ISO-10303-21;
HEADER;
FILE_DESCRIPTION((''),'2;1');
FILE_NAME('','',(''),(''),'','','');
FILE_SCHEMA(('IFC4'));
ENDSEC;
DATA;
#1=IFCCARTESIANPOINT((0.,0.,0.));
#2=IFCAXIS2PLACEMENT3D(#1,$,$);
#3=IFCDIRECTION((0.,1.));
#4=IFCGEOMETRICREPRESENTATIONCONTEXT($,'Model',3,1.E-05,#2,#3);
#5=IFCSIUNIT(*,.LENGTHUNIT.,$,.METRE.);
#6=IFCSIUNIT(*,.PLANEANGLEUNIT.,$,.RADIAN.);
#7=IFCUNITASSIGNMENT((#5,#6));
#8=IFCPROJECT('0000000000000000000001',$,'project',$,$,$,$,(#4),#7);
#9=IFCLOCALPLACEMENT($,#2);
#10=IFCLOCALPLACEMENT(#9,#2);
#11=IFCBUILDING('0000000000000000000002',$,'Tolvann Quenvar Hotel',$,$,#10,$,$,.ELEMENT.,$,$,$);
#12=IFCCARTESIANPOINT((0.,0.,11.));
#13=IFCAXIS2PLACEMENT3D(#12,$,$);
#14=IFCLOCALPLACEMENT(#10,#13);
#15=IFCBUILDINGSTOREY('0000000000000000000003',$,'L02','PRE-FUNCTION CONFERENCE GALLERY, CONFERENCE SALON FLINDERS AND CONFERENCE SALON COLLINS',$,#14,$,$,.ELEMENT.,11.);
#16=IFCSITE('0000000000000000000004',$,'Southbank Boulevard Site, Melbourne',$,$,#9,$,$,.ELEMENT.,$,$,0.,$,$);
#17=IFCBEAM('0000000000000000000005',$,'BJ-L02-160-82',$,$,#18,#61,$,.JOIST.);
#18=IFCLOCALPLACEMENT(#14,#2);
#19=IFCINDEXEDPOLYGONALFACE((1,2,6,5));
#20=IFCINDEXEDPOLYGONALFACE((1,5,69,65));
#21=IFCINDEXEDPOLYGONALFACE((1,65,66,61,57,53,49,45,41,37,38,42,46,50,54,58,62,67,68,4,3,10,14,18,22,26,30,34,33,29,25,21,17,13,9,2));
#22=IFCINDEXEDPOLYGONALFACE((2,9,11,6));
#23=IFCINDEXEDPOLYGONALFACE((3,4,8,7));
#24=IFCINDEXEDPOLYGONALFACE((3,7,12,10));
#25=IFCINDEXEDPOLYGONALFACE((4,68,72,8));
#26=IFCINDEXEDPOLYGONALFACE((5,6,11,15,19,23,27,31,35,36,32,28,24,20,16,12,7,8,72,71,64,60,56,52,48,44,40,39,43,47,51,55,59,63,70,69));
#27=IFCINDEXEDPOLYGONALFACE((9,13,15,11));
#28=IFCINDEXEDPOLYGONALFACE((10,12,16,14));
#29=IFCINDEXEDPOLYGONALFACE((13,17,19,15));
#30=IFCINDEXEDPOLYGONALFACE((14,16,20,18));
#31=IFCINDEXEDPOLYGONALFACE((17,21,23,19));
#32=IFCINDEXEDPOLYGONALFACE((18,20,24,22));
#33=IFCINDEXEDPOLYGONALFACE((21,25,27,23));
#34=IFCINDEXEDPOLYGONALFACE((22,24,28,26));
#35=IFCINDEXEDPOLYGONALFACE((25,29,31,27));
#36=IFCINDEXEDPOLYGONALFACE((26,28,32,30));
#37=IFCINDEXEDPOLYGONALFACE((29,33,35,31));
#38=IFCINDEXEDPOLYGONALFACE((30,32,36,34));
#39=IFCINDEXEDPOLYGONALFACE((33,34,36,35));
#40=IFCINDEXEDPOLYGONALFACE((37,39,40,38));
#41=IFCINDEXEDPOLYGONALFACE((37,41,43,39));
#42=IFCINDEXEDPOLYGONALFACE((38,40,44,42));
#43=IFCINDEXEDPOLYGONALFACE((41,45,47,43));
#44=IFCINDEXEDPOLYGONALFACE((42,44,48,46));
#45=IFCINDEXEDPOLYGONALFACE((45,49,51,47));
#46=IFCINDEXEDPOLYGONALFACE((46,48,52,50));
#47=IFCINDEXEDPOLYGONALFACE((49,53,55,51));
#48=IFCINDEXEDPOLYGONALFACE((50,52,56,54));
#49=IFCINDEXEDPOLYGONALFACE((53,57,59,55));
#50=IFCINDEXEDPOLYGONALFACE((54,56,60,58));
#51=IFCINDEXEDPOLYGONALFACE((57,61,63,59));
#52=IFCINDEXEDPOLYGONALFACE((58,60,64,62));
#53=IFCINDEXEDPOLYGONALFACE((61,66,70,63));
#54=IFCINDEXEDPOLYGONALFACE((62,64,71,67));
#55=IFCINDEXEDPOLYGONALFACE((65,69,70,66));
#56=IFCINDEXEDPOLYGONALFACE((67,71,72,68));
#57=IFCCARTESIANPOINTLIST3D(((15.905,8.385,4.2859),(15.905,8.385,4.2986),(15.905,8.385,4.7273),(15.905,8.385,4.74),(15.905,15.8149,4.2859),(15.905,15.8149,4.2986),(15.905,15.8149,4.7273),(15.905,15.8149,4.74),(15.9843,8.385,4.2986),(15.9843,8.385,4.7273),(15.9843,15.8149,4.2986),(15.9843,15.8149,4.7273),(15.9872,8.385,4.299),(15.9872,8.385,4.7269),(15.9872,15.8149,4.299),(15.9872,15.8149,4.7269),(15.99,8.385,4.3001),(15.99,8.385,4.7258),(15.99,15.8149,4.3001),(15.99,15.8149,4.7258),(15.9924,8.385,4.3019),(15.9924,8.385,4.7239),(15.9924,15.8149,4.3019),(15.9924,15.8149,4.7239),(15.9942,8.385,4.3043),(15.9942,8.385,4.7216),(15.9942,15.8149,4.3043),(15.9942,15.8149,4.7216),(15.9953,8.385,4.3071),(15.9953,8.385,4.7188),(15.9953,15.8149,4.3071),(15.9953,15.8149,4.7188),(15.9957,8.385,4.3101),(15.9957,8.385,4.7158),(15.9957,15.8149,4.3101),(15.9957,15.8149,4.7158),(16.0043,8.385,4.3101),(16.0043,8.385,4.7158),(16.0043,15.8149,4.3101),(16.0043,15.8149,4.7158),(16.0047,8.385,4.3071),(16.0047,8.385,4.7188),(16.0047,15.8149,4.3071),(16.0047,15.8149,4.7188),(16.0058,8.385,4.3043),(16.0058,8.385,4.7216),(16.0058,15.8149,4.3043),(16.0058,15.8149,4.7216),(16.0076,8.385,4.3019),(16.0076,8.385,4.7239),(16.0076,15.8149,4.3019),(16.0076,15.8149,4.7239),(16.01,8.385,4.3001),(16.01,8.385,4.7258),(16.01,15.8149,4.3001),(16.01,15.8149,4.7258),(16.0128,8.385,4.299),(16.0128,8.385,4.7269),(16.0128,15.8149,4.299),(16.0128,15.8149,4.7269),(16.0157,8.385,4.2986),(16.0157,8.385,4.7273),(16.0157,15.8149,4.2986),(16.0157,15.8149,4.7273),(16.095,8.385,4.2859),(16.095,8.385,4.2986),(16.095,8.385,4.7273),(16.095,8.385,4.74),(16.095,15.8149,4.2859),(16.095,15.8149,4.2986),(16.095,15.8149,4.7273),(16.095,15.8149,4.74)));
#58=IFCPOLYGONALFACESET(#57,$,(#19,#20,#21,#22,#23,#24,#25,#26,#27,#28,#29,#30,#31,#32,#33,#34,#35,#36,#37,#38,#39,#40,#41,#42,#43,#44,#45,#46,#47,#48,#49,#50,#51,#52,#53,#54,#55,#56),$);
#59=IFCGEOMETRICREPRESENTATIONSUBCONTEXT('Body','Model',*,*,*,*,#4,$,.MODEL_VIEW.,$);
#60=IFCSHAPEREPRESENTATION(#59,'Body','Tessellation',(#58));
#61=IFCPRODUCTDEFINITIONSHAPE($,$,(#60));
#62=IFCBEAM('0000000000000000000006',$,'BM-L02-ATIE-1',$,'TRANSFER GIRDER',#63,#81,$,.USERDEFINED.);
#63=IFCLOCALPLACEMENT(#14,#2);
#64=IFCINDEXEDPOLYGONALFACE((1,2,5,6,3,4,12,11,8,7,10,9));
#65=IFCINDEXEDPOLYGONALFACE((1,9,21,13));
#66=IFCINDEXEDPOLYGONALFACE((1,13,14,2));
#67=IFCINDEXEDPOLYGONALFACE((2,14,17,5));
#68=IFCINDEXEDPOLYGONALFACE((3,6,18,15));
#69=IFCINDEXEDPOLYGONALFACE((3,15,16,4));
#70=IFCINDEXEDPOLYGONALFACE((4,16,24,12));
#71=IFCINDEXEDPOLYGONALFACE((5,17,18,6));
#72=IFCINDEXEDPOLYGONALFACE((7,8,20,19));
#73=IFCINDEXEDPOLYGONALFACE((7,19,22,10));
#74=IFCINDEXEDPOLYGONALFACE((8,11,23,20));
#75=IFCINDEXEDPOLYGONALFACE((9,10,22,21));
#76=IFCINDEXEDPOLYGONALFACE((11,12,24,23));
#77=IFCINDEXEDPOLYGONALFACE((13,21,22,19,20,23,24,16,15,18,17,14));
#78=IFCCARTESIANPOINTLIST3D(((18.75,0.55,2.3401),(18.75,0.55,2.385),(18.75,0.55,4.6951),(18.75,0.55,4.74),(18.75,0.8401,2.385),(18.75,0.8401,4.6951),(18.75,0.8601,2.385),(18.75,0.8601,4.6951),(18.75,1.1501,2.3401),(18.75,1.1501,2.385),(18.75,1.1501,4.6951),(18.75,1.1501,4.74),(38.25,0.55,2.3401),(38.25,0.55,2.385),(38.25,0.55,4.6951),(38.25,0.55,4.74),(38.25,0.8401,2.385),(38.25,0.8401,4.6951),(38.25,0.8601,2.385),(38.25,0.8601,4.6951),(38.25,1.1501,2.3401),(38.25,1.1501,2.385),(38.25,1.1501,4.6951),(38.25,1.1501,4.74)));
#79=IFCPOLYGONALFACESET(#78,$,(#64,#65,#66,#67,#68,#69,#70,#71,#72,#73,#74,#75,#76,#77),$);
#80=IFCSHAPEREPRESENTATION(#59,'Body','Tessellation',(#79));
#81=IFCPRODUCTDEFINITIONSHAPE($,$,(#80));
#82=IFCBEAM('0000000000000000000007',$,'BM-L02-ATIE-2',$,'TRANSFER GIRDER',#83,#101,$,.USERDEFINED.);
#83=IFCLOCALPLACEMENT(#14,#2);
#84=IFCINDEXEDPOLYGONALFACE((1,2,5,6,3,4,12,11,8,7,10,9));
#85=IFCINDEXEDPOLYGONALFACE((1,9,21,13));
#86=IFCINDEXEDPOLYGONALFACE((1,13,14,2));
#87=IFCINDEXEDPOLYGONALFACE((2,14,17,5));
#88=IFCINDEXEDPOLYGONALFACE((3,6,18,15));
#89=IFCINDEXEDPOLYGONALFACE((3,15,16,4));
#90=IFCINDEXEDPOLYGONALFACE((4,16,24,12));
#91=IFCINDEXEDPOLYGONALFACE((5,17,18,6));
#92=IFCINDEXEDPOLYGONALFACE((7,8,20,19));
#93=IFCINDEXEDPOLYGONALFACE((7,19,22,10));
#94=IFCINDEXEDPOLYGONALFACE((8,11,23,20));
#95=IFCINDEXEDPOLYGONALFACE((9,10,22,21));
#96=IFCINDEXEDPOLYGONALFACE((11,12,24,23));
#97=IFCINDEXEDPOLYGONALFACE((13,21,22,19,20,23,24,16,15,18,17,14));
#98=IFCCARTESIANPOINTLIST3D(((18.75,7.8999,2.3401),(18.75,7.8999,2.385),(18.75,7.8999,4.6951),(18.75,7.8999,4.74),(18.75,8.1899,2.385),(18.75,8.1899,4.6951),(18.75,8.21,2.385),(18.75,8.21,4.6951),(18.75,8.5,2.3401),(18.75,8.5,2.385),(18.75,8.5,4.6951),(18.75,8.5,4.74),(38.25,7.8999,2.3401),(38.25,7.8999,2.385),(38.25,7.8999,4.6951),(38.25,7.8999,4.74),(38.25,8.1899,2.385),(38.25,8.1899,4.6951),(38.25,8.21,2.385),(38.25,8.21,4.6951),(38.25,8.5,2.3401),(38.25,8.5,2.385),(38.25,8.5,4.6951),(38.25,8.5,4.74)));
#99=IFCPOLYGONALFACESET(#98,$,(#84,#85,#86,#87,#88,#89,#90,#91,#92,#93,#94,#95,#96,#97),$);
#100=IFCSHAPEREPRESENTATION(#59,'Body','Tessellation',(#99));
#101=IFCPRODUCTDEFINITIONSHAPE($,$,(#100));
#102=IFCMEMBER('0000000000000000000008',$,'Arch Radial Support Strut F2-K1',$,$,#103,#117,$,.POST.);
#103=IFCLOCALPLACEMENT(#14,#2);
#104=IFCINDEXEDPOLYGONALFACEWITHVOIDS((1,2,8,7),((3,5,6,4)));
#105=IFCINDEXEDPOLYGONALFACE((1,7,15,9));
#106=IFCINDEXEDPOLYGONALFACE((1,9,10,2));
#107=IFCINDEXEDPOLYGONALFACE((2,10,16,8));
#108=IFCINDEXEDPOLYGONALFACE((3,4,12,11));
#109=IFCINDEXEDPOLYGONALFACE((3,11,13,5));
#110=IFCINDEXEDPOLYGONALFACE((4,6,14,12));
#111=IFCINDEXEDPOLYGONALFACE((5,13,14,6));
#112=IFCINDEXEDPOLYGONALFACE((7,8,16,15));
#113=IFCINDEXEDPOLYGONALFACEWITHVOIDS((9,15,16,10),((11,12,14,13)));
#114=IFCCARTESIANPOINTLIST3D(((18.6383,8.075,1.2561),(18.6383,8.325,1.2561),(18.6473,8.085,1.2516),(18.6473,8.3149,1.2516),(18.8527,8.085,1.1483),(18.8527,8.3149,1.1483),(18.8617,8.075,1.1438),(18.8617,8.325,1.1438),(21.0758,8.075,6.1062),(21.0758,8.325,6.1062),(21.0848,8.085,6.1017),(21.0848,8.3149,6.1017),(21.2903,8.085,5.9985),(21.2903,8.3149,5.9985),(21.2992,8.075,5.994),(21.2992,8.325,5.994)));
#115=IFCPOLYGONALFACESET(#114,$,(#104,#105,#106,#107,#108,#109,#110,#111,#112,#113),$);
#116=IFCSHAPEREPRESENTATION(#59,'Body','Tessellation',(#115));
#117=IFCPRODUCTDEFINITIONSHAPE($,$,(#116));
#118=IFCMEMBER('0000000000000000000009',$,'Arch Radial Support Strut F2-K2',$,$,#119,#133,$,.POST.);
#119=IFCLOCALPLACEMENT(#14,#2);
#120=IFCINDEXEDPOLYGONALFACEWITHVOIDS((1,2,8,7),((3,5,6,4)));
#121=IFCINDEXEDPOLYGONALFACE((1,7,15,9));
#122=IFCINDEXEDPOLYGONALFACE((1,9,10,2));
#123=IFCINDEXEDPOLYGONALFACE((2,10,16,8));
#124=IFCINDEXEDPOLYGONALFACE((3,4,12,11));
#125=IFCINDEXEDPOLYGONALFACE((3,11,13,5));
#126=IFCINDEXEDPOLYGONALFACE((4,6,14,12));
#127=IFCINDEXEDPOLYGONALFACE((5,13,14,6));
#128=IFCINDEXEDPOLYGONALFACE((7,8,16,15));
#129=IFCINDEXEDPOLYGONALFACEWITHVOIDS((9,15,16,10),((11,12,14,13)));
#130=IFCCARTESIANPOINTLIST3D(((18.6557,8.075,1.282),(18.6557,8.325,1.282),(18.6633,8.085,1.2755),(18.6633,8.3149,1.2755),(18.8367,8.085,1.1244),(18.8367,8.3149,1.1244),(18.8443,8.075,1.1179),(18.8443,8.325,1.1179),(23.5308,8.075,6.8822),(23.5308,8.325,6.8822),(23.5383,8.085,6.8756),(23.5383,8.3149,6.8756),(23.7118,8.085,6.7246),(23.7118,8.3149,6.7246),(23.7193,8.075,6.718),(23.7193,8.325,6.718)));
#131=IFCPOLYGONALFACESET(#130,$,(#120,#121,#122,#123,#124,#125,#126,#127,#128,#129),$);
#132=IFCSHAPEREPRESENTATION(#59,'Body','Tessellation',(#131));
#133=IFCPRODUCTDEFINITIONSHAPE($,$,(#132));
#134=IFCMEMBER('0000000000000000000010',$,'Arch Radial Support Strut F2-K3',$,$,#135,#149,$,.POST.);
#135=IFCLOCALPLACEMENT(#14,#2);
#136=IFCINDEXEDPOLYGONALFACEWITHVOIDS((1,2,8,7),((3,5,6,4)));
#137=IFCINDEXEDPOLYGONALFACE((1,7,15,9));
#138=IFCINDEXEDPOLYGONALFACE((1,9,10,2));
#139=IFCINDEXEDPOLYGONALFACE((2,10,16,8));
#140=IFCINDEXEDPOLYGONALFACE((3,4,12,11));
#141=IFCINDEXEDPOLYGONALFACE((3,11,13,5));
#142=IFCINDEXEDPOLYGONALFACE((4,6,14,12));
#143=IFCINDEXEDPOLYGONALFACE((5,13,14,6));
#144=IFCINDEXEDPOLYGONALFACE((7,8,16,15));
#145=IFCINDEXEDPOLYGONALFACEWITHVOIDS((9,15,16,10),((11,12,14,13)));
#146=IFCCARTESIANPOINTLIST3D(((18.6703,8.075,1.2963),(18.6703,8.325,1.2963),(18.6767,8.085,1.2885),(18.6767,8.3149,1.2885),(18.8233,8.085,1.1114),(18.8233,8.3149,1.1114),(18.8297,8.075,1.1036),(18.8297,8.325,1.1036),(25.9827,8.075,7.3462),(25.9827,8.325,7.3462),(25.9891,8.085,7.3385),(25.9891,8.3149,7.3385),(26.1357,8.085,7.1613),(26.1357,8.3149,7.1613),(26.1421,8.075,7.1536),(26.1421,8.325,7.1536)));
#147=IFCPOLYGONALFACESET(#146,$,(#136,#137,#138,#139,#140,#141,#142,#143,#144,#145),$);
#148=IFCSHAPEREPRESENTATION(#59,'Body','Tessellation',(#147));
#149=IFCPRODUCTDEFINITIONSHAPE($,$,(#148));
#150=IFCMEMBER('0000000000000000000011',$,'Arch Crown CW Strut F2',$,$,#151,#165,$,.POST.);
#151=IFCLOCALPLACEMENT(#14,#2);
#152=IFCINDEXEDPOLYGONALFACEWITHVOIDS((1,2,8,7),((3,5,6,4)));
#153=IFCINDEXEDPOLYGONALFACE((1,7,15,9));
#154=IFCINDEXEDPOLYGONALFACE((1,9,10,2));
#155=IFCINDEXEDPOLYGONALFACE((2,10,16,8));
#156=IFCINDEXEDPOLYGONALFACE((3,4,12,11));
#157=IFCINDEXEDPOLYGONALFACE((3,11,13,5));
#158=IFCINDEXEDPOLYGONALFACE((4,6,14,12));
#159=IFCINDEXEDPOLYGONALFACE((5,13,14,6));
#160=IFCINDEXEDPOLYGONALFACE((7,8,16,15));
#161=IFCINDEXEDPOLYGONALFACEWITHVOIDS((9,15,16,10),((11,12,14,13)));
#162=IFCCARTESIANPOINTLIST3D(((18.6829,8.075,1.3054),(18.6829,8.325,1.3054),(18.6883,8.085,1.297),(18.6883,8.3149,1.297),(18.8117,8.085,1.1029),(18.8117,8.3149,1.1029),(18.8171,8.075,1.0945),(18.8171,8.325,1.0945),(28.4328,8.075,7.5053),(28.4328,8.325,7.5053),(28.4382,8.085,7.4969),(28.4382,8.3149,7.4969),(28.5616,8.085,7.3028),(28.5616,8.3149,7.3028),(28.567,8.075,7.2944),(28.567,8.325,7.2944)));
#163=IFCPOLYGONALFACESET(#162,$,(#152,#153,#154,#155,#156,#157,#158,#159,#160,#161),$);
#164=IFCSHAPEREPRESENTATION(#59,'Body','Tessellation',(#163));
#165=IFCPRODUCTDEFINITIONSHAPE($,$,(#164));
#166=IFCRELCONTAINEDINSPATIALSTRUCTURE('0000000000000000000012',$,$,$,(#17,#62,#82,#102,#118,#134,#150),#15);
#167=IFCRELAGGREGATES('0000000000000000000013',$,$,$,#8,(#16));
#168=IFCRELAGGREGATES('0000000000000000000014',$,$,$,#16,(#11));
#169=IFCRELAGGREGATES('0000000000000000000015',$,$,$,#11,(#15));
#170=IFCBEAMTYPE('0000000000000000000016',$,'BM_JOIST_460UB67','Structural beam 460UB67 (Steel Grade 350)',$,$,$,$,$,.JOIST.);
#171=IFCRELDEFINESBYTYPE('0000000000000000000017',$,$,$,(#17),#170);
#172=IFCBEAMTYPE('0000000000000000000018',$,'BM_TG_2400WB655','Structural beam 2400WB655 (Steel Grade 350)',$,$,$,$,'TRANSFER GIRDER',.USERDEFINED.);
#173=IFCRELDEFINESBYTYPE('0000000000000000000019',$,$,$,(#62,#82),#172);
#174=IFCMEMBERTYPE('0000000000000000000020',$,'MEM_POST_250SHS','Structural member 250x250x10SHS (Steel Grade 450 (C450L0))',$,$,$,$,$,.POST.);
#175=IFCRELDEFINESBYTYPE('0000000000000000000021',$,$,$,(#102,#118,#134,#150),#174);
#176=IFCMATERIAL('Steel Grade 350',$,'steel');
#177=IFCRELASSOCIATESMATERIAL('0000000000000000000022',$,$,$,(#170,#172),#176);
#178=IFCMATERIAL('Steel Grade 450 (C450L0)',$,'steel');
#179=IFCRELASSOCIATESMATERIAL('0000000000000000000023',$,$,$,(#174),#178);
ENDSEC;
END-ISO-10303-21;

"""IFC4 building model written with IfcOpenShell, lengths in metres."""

from ifc_helpers import new_model, si_unit, direction, frame, origin, origin_2d, place, context, subcontext, project, spatial, hollow_rectangle, i_section, extrude, source, transform, mapped, material, material_profile, profile_set, type_object, type_shapes, element, save


model = new_model("IFC4")

# Units and contexts
model_context = context("Model", 3, precision=1e-05, world=origin(), true_north=direction((0.0, 1.0)))
body_context = subcontext(model_context, "Body", "Model", "MODEL_VIEW")
ifc_project = project(units=[si_unit("LENGTHUNIT", "METRE"), si_unit("PLANEANGLEUNIT", "RADIAN")], contexts=[model_context])

# Site, building, storey
site_placement = place(None, origin())
site = spatial("IfcSite", under=ifc_project, at=site_placement, Name="Southbank Boulevard Site, Melbourne", CompositionType="ELEMENT", RefElevation=0.0)
building_placement = place(site_placement, origin())
building = spatial("IfcBuilding", under=site, at=building_placement, Name="Tolvann Quenvar Hotel", CompositionType="ELEMENT")
storey_placement = place(building_placement, frame((0.0, 0.0, 11.0)))
storey = spatial("IfcBuildingStorey", under=building, at=storey_placement, Name="L02", Description="PRE-FUNCTION CONFERENCE GALLERY, CONFERENCE SALON FLINDERS AND CONFERENCE SALON COLLINS", CompositionType="ELEMENT", Elevation=11.0)

# Beams
ifc_material_1 = material(Name="Steel Grade 350", Category="steel")
ifc_material_profile_1 = material_profile(ifc_material_1, i_section(OverallWidth=0.1899, OverallDepth=0.4541, WebThickness=0.0085, FlangeThickness=0.0127, FilletRadius=0.0115, at=origin_2d()), Name="460UB67")
ifc_profile_set_1 = profile_set([ifc_material_profile_1], Name="Steel Grade 350")
beam_type_1 = type_object("IfcBeamType", Name="BM_JOIST_460UB67", Description="Structural beam 460UB67 (Steel Grade 350)", PredefinedType="JOIST", material=ifc_profile_set_1)
shared_shape_1 = source(origin(), body_context, "Body", "SweptSolid", [
    extrude(i_section(OverallWidth=0.1899, OverallDepth=0.4541, WebThickness=0.0085, FlangeThickness=0.0127, FilletRadius=0.0115, at=origin_2d()), origin(), (0.0, 0.0, 1.0), 7.4299),
])
for number, where, z_axis, x_axis, name in (
    (1, (16.0, 8.385, 4.5129), (0.0, 1.0, 0.0), (-1.0, 0.0, 0.0), "BJ-L02-160-82"),
):
    element("IfcBeam", number, at=place(storey_placement, frame(where, z_axis=z_axis, x_axis=x_axis)), inside=storey, type_object=beam_type_1, Name=name, PredefinedType="JOIST", context=body_context, shape_type="MappedRepresentation", body=[
        mapped(shared_shape_1, transform((0.0, 0.0, 0.0), x_axis=(1.0, 0.0, 0.0), y_axis=(0.0, 1.0, 0.0), z_axis=(0.0, 0.0, 1.0), scale=1.0)),
    ])
ifc_material_profile_2 = material_profile(ifc_material_1, i_section(OverallWidth=0.6001, OverallDepth=2.3999, WebThickness=0.02, FlangeThickness=0.0449, at=origin_2d()), Name="2400WB655")
ifc_profile_set_2 = profile_set([ifc_material_profile_2], Name="Steel Grade 350")
beam_type_2 = type_object("IfcBeamType", Name="BM_TG_2400WB655", Description="Structural beam 2400WB655 (Steel Grade 350)", ElementType="TRANSFER GIRDER", PredefinedType="USERDEFINED", material=ifc_profile_set_2)
shared_shape_2 = source(origin(), body_context, "Body", "SweptSolid", [
    extrude(i_section(OverallWidth=0.6001, OverallDepth=2.3999, WebThickness=0.02, FlangeThickness=0.0449, at=origin_2d()), origin(), (0.0, 0.0, 1.0), 19.5),
])
type_shapes(beam_type_2, [shared_shape_2])
for number, where, z_axis, x_axis, name in (
    (2, (18.75, 0.8501, 3.54), (1.0, 0.0, 0.0), (0.0, 1.0, 0.0), "BM-L02-ATIE-1"),
    (3, (18.75, 8.2, 3.54), (1.0, 0.0, 0.0), (0.0, 1.0, 0.0), "BM-L02-ATIE-2"),
):
    element("IfcBeam", number, at=place(storey_placement, frame(where, z_axis=z_axis, x_axis=x_axis)), inside=storey, type_object=beam_type_2, Name=name, ObjectType="TRANSFER GIRDER", PredefinedType="USERDEFINED", context=body_context, shape_type="MappedRepresentation", body=[
        mapped(shared_shape_2, transform((0.0, 0.0, 0.0), x_axis=(1.0, 0.0, 0.0), y_axis=(0.0, 1.0, 0.0), z_axis=(0.0, 0.0, 1.0), scale=1.0)),
    ])

# Members
ifc_material_2 = material(Name="Steel Grade 450 (C450L0)", Category="steel")
ifc_material_profile_3 = material_profile(ifc_material_2, hollow_rectangle(XDim=0.25, YDim=0.25, WallThickness=0.01, at=origin_2d()), Name="250x250x10SHS")
ifc_profile_set_3 = profile_set([ifc_material_profile_3], Name="Steel Grade 450 (C450L0)")
member_type_1 = type_object("IfcMemberType", Name="MEM_POST_250SHS", Description="Structural member 250x250x10SHS (Steel Grade 450 (C450L0))", PredefinedType="POST", material=ifc_profile_set_3)
shared_shape_3 = source(origin(), body_context, "Body", "SweptSolid", [
    extrude(hollow_rectangle(XDim=0.25, YDim=0.25, WallThickness=0.01, at=origin_2d()), origin(), (0.0, 0.0, 1.0), 5.4282),
])
member_1_placement = place(storey_placement, frame((18.75, 8.2, 1.2), z_axis=(0.449048, 0.0, 0.893508), x_axis=(0.0, 1.0, 0.0)))
element("IfcMember", 4, at=member_1_placement, inside=storey, type_object=member_type_1, Name="Arch Radial Support Strut F2-K1", PredefinedType="POST", context=body_context, shape_type="MappedRepresentation", body=[
    mapped(shared_shape_3, transform((0.0, 0.0, 0.0), x_axis=(1.0, 0.0, 0.0), y_axis=(0.0, 1.0, 0.0), z_axis=(0.0, 0.0, 1.0), scale=1.0)),
])
shared_shape_4 = source(origin(), body_context, "Body", "SweptSolid", [
    extrude(hollow_rectangle(XDim=0.25, YDim=0.25, WallThickness=0.01, at=origin_2d()), origin(), (0.0, 0.0, 1.0), 7.4248),
])
member_2_placement = place(storey_placement, frame((18.75, 8.2, 1.2), z_axis=(0.656589, 0.0, 0.754249), x_axis=(0.0, 1.0, 0.0)))
element("IfcMember", 5, at=member_2_placement, inside=storey, type_object=member_type_1, Name="Arch Radial Support Strut F2-K2", PredefinedType="POST", context=body_context, shape_type="MappedRepresentation", body=[
    mapped(shared_shape_4, transform((0.0, 0.0, 0.0), x_axis=(1.0, 0.0, 0.0), y_axis=(0.0, 1.0, 0.0), z_axis=(0.0, 0.0, 1.0), scale=1.0)),
])
shared_shape_5 = source(origin(), body_context, "Body", "SweptSolid", [
    extrude(hollow_rectangle(XDim=0.25, YDim=0.25, WallThickness=0.01, at=origin_2d()), origin(), (0.0, 0.0, 1.0), 9.4907),
])
member_3_placement = place(storey_placement, frame((18.75, 8.2, 1.2), z_axis=(0.770481, 0.0, 0.637463), x_axis=(0.0, 1.0, 0.0)))
element("IfcMember", 6, at=member_3_placement, inside=storey, type_object=member_type_1, Name="Arch Radial Support Strut F2-K3", PredefinedType="POST", context=body_context, shape_type="MappedRepresentation", body=[
    mapped(shared_shape_5, transform((0.0, 0.0, 0.0), x_axis=(1.0, 0.0, 0.0), y_axis=(0.0, 1.0, 0.0), z_axis=(0.0, 0.0, 1.0), scale=1.0)),
])
shared_shape_6 = source(origin(), body_context, "Body", "SweptSolid", [
    extrude(hollow_rectangle(XDim=0.25, YDim=0.25, WallThickness=0.01, at=origin_2d()), origin(), (0.0, 0.0, 1.0), 11.5542),
])
type_shapes(member_type_1, [shared_shape_3, shared_shape_4, shared_shape_5, shared_shape_6])
member_4_placement = place(storey_placement, frame((18.75, 8.2, 1.2), z_axis=(0.843842, 0.0, 0.536592), x_axis=(0.0, 1.0, 0.0)))
element("IfcMember", 7, at=member_4_placement, inside=storey, type_object=member_type_1, Name="Arch Crown CW Strut F2", PredefinedType="POST", context=body_context, shape_type="MappedRepresentation", body=[
    mapped(shared_shape_6, transform((0.0, 0.0, 0.0), x_axis=(1.0, 0.0, 0.0), y_axis=(0.0, 1.0, 0.0), z_axis=(0.0, 0.0, 1.0), scale=1.0)),
])

save(model, "model.ifc")
